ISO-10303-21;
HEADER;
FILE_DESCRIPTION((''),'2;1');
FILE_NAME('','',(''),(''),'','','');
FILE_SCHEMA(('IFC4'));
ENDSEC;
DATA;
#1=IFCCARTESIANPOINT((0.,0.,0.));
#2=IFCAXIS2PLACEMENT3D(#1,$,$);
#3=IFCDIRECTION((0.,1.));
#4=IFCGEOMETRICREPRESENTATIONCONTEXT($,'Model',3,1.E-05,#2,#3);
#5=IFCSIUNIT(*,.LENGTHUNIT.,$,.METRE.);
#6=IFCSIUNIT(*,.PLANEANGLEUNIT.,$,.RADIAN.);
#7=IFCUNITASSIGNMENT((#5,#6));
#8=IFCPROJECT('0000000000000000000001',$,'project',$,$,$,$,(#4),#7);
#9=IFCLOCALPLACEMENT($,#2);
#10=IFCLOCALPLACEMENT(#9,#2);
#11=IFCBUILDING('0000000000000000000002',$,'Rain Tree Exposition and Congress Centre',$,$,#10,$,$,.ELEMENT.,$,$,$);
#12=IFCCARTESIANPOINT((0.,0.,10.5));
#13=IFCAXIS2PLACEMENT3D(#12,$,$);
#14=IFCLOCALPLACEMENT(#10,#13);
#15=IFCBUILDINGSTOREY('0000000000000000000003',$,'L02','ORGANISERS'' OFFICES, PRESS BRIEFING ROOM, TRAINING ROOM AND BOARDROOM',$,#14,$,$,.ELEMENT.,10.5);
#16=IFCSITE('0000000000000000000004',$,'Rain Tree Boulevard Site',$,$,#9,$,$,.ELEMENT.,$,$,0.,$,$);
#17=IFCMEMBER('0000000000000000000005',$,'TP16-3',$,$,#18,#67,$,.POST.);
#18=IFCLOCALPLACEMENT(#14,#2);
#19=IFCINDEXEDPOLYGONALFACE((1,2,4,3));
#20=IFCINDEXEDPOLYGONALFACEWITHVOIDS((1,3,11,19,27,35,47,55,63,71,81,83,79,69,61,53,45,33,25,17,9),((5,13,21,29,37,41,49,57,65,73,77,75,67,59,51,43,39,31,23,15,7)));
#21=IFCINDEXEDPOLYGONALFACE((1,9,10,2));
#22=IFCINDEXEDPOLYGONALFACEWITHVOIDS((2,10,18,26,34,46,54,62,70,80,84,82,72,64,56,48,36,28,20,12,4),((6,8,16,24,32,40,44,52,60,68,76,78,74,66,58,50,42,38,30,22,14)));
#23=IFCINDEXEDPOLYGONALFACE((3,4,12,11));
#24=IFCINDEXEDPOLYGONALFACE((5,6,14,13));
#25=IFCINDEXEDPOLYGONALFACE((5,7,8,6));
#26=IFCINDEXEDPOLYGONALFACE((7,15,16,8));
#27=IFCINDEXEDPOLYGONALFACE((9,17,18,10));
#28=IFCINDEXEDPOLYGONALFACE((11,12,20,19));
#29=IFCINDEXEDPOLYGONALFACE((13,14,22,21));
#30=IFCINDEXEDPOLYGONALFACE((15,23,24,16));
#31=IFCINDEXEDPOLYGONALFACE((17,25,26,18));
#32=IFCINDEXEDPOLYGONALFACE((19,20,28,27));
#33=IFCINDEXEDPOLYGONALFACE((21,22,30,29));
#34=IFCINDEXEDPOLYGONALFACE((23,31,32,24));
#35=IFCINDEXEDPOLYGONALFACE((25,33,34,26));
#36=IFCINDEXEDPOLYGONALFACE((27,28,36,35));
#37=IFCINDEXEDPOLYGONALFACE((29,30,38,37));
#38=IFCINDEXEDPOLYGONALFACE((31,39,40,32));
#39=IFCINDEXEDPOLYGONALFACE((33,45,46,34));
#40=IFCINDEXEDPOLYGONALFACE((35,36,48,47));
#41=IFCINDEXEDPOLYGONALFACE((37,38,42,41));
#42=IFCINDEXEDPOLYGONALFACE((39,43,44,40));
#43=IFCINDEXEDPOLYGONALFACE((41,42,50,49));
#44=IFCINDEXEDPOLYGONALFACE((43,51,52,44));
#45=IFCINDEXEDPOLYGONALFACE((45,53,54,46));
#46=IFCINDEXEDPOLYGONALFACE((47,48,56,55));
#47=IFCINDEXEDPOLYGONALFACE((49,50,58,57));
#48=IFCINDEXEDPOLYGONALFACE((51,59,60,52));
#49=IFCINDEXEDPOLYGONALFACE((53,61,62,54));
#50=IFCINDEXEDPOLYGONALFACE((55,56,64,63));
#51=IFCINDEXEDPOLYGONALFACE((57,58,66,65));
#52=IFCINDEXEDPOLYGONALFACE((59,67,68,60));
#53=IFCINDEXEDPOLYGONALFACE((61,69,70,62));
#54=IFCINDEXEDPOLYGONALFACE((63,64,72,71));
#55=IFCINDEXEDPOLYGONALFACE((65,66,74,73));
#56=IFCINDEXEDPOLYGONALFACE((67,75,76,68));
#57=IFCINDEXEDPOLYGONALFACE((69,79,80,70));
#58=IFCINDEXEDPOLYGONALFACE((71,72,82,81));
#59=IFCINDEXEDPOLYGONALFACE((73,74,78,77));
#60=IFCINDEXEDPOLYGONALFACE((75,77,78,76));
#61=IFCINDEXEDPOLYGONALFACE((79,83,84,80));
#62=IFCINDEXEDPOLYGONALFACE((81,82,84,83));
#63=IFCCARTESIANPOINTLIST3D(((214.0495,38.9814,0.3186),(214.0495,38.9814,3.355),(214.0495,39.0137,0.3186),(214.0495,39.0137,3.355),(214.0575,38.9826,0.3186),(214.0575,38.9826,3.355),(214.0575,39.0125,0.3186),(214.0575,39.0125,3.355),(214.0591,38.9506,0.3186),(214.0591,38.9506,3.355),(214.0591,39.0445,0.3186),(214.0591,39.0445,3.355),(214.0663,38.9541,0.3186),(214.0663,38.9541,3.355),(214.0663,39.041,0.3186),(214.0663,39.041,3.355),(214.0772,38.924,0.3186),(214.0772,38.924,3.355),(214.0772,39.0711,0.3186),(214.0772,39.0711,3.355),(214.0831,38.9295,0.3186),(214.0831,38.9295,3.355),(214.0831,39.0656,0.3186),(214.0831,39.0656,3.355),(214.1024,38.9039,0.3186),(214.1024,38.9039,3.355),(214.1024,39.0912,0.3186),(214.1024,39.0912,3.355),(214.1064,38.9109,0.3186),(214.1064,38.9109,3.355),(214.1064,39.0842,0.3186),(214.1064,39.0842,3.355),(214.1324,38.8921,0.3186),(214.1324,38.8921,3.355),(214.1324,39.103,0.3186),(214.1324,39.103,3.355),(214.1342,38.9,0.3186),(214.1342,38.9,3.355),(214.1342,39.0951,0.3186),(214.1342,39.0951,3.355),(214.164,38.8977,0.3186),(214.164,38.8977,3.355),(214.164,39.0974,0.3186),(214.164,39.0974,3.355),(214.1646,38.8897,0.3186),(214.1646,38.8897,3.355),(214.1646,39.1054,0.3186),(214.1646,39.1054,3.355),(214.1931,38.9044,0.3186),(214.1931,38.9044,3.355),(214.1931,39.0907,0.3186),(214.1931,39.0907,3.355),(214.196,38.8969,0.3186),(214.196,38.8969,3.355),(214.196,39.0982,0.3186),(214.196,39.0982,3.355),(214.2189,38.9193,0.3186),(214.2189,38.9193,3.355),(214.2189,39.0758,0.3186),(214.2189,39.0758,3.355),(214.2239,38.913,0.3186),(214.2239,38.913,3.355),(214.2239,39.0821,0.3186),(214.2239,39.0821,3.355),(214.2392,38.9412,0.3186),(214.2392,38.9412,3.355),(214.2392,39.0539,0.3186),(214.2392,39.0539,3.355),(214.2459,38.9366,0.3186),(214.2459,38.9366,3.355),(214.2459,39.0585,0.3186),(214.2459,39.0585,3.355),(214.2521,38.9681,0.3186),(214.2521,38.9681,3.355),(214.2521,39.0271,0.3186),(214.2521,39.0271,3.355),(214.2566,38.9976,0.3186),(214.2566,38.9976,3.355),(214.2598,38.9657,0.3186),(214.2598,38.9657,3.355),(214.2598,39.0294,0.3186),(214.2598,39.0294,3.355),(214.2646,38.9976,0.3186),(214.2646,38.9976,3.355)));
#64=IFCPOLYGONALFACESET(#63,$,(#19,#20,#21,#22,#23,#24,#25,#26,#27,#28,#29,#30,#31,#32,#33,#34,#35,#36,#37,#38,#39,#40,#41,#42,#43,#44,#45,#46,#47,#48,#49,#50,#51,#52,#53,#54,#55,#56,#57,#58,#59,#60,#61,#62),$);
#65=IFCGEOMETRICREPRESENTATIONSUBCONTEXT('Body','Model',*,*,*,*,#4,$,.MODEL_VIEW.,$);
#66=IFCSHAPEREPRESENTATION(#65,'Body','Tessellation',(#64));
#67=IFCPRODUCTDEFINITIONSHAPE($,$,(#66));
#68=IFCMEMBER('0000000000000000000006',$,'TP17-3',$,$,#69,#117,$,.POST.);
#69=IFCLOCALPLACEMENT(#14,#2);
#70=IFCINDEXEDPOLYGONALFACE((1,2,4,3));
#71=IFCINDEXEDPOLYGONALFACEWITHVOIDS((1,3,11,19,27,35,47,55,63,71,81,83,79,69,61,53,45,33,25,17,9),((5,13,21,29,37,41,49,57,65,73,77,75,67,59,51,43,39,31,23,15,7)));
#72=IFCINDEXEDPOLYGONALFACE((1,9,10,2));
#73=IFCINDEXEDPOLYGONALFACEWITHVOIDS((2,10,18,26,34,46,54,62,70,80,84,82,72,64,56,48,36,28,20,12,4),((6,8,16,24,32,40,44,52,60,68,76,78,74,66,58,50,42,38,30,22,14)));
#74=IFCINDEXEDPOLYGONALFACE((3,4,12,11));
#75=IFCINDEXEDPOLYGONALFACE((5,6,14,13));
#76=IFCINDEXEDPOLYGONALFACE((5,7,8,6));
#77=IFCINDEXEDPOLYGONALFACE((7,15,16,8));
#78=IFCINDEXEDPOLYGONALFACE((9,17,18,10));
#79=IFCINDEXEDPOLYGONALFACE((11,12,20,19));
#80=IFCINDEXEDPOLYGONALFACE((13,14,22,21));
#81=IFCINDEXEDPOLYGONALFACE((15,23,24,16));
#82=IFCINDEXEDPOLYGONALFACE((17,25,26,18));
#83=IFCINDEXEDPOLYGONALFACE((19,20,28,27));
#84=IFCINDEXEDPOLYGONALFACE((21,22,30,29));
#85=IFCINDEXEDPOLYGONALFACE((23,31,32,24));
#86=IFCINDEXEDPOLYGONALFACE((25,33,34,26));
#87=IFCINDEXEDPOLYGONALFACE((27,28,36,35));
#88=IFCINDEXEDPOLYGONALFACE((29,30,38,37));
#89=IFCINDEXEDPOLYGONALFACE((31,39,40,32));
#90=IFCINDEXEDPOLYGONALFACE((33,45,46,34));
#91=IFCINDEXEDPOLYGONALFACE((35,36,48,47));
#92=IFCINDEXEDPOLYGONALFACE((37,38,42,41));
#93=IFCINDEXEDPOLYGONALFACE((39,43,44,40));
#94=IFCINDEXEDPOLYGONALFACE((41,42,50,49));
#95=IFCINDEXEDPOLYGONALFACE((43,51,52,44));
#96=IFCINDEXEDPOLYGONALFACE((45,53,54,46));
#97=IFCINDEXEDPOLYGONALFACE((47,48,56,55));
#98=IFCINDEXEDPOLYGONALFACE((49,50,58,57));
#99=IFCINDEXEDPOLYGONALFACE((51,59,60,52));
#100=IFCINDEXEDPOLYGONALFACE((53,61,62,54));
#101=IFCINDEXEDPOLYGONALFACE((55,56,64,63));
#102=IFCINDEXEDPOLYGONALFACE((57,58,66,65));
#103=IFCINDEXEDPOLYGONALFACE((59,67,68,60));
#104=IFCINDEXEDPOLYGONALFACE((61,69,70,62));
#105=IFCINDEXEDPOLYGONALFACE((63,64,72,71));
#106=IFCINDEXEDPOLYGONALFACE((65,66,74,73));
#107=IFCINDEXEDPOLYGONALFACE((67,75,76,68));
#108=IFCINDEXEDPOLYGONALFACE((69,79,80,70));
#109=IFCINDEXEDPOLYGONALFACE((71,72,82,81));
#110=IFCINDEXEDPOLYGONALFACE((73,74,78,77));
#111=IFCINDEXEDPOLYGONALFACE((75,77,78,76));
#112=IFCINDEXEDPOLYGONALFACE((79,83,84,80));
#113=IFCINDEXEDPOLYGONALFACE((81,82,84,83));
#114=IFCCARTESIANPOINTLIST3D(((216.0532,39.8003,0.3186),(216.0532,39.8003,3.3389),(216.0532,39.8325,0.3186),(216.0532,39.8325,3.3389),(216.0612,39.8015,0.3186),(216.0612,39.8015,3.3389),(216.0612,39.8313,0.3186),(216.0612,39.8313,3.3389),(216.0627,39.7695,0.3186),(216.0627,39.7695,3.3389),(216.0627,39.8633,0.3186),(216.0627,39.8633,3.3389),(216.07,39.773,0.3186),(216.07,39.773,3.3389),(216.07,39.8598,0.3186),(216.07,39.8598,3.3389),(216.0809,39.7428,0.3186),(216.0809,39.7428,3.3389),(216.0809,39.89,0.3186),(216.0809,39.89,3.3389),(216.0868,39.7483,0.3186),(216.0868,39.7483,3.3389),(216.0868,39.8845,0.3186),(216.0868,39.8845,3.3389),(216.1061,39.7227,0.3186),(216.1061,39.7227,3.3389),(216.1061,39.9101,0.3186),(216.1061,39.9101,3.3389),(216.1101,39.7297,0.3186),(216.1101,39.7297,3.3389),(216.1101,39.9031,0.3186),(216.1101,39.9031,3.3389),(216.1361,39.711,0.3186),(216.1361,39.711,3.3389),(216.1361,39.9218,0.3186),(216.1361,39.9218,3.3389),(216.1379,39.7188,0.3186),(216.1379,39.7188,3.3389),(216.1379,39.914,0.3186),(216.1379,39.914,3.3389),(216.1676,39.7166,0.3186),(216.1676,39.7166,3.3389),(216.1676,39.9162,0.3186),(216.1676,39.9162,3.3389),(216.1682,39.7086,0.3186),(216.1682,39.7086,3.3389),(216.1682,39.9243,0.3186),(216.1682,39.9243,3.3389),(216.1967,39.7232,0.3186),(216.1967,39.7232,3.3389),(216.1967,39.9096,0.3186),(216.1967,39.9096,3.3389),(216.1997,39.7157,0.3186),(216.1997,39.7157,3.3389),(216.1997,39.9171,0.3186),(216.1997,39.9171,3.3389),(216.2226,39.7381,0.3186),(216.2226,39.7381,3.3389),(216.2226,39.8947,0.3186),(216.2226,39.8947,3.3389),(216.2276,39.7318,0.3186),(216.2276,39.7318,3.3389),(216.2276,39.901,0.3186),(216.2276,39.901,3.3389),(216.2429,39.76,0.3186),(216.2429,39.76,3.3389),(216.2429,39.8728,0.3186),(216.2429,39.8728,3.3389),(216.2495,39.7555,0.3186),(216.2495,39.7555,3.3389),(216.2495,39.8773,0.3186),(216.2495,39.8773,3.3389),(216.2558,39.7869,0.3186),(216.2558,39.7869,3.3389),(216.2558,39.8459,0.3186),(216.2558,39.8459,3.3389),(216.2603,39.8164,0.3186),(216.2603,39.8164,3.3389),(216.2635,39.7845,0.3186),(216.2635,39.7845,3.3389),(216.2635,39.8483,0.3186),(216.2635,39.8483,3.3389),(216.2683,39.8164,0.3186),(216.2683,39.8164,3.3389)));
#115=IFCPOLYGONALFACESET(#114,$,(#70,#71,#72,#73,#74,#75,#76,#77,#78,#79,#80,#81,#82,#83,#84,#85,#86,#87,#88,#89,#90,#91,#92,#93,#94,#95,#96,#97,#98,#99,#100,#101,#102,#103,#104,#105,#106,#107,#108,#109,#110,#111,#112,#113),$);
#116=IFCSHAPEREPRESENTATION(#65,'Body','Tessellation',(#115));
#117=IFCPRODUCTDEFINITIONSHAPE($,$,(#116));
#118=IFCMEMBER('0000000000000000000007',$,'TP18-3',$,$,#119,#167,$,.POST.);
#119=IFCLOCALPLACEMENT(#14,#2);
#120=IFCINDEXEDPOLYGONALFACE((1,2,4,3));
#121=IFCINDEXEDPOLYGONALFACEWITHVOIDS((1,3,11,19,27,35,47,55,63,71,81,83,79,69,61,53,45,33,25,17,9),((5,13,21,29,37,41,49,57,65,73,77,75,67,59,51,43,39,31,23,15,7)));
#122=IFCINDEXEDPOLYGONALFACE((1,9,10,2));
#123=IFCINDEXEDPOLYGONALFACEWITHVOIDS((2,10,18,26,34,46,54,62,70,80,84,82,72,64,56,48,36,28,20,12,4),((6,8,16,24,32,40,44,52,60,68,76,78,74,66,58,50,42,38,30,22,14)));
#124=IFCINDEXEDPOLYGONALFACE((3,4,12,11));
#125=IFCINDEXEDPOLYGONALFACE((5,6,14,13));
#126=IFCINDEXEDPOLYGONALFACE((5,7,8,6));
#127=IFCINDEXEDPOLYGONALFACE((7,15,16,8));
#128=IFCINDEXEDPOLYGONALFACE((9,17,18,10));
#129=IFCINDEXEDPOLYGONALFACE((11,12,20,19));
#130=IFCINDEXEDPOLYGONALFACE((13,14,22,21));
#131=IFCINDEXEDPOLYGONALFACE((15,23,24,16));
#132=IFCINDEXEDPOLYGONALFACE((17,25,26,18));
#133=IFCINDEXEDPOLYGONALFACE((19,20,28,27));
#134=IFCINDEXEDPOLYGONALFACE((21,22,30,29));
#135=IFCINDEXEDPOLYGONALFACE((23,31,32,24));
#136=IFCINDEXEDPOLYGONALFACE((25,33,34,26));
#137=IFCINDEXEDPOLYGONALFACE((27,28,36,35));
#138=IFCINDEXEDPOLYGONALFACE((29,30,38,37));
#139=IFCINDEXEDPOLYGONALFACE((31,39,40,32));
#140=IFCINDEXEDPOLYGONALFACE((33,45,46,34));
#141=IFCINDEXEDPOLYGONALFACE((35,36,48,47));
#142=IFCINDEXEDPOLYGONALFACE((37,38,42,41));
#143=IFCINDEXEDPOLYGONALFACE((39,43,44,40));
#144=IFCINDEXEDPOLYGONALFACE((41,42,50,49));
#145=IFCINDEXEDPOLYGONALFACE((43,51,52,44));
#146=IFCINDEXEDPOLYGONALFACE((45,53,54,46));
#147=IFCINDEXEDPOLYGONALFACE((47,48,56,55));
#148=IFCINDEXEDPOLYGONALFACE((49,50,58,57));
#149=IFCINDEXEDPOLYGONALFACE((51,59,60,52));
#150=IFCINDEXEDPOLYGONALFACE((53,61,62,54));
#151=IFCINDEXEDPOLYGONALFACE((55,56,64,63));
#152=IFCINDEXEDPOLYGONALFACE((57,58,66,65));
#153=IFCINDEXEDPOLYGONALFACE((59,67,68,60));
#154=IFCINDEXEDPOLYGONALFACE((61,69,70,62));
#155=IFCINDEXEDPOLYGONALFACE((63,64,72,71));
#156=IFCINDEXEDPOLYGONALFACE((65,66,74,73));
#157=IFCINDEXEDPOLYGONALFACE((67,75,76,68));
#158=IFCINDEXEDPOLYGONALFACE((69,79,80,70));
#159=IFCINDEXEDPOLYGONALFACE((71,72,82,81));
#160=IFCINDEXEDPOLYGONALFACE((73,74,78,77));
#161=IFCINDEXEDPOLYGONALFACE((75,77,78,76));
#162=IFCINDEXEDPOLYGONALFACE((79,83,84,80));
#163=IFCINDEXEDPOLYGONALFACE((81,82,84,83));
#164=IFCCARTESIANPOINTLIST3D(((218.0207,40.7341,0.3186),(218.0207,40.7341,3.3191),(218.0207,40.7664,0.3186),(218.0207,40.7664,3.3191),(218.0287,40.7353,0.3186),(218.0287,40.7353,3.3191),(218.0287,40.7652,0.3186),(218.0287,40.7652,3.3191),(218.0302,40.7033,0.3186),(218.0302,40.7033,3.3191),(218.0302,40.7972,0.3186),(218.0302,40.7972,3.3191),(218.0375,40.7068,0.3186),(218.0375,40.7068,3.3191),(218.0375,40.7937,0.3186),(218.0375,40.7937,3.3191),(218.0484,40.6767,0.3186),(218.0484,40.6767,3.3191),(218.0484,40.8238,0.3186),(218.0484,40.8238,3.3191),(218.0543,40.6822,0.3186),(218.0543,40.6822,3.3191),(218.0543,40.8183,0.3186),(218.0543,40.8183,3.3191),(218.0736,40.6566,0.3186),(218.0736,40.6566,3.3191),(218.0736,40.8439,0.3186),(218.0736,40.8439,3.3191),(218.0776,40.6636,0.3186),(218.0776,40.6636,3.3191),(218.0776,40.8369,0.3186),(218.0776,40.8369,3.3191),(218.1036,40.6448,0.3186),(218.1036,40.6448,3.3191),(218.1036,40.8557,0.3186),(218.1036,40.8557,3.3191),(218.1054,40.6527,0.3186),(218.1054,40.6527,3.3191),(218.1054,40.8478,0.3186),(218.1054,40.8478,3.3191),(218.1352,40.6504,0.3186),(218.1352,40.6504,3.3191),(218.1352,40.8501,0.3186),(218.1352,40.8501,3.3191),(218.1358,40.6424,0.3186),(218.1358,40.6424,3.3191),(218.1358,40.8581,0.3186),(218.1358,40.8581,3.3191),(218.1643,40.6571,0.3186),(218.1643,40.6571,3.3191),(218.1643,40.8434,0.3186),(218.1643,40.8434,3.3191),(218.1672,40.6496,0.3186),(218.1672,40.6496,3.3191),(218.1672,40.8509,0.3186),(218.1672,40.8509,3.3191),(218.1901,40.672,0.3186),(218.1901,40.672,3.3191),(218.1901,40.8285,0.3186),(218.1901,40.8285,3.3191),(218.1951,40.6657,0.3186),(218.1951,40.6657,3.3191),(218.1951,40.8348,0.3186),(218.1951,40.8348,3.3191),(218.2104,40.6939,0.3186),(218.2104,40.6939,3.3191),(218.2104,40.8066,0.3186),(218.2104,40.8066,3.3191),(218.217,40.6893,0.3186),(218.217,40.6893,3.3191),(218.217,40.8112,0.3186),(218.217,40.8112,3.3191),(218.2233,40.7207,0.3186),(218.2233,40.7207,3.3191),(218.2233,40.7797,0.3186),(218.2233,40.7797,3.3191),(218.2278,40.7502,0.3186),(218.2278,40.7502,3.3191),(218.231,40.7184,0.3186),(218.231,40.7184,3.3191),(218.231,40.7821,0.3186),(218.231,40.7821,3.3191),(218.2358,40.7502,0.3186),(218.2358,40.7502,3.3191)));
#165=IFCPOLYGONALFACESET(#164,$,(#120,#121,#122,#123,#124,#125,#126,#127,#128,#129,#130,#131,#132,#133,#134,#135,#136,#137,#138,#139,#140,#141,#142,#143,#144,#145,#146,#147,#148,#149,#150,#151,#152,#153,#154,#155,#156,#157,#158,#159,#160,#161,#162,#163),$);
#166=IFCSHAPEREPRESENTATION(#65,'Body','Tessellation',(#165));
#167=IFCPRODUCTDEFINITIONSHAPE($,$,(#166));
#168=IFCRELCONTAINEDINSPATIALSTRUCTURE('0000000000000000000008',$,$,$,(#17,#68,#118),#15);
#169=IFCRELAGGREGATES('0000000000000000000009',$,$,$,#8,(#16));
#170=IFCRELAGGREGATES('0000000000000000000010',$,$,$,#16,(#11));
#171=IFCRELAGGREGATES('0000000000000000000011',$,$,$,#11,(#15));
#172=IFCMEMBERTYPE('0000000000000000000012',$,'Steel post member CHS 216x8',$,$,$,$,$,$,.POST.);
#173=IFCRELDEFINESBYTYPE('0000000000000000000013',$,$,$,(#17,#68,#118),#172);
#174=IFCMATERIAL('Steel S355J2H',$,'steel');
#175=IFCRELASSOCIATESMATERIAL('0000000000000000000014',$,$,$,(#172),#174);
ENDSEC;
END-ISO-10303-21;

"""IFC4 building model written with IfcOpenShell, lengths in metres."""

from ifc_helpers import new_model, si_unit, direction, frame, origin, origin_2d, place, context, subcontext, project, spatial, hollow_circle, extrude, material, material_profile, profile_set, type_object, element, save


model = new_model("IFC4")

# Units and contexts
model_context = context("Model", 3, precision=1e-05, world=origin(), true_north=direction((0.0, 1.0)))
body_context = subcontext(model_context, "Body", "Model", "MODEL_VIEW")
ifc_project = project(units=[si_unit("LENGTHUNIT", "METRE"), si_unit("PLANEANGLEUNIT", "RADIAN")], contexts=[model_context])

# Site, building, storey
site_placement = place(None, origin())
site = spatial("IfcSite", under=ifc_project, at=site_placement, Name="Rain Tree Boulevard Site", CompositionType="ELEMENT", RefElevation=0.0)
building_placement = place(site_placement, origin())
building = spatial("IfcBuilding", under=site, at=building_placement, Name="Rain Tree Exposition and Congress Centre", CompositionType="ELEMENT")
storey_placement = place(building_placement, frame((0.0, 0.0, 10.5)))
storey = spatial("IfcBuildingStorey", under=building, at=storey_placement, Name="L02", Description="ORGANISERS' OFFICES, PRESS BRIEFING ROOM, TRAINING ROOM AND BOARDROOM", CompositionType="ELEMENT", Elevation=10.5)

# Members
ifc_material_1 = material(Name="Steel S355J2H", Category="steel")
ifc_material_profile_1 = material_profile(ifc_material_1, hollow_circle(Radius=0.1082, WallThickness=0.0081, at=origin_2d()), Name="CHS 216x8")
ifc_profile_set_1 = profile_set([ifc_material_profile_1], Name="Steel S355J2H")
member_type_1 = type_object("IfcMemberType", Name="Steel post member CHS 216x8", PredefinedType="POST", material=ifc_profile_set_1)
member_1_placement = place(storey_placement, frame((214.1565, 38.9976, 0.3186), z_axis=(0.0, 0.0, 1.0), x_axis=(1.0, 0.0, 0.0)))
element("IfcMember", 1, at=member_1_placement, inside=storey, type_object=member_type_1, Name="TP16-3", PredefinedType="POST", context=body_context, shape_type="SweptSolid", body=[
    extrude(hollow_circle(Radius=0.1082, WallThickness=0.0081, at=origin_2d()), origin(), (0.0, 0.0, 1.0), 3.0364),
])
member_2_placement = place(storey_placement, frame((216.1602, 39.8164, 0.3186), z_axis=(0.0, 0.0, 1.0), x_axis=(1.0, 0.0, 0.0)))
element("IfcMember", 2, at=member_2_placement, inside=storey, type_object=member_type_1, Name="TP17-3", PredefinedType="POST", context=body_context, shape_type="SweptSolid", body=[
    extrude(hollow_circle(Radius=0.1082, WallThickness=0.0081, at=origin_2d()), origin(), (0.0, 0.0, 1.0), 3.0203),
])
member_3_placement = place(storey_placement, frame((218.1277, 40.7502, 0.3186), z_axis=(0.0, 0.0, 1.0), x_axis=(1.0, 0.0, 0.0)))
element("IfcMember", 3, at=member_3_placement, inside=storey, type_object=member_type_1, Name="TP18-3", PredefinedType="POST", context=body_context, shape_type="SweptSolid", body=[
    extrude(hollow_circle(Radius=0.1082, WallThickness=0.0081, at=origin_2d()), origin(), (0.0, 0.0, 1.0), 3.0005),
])

save(model, "model.ifc")
